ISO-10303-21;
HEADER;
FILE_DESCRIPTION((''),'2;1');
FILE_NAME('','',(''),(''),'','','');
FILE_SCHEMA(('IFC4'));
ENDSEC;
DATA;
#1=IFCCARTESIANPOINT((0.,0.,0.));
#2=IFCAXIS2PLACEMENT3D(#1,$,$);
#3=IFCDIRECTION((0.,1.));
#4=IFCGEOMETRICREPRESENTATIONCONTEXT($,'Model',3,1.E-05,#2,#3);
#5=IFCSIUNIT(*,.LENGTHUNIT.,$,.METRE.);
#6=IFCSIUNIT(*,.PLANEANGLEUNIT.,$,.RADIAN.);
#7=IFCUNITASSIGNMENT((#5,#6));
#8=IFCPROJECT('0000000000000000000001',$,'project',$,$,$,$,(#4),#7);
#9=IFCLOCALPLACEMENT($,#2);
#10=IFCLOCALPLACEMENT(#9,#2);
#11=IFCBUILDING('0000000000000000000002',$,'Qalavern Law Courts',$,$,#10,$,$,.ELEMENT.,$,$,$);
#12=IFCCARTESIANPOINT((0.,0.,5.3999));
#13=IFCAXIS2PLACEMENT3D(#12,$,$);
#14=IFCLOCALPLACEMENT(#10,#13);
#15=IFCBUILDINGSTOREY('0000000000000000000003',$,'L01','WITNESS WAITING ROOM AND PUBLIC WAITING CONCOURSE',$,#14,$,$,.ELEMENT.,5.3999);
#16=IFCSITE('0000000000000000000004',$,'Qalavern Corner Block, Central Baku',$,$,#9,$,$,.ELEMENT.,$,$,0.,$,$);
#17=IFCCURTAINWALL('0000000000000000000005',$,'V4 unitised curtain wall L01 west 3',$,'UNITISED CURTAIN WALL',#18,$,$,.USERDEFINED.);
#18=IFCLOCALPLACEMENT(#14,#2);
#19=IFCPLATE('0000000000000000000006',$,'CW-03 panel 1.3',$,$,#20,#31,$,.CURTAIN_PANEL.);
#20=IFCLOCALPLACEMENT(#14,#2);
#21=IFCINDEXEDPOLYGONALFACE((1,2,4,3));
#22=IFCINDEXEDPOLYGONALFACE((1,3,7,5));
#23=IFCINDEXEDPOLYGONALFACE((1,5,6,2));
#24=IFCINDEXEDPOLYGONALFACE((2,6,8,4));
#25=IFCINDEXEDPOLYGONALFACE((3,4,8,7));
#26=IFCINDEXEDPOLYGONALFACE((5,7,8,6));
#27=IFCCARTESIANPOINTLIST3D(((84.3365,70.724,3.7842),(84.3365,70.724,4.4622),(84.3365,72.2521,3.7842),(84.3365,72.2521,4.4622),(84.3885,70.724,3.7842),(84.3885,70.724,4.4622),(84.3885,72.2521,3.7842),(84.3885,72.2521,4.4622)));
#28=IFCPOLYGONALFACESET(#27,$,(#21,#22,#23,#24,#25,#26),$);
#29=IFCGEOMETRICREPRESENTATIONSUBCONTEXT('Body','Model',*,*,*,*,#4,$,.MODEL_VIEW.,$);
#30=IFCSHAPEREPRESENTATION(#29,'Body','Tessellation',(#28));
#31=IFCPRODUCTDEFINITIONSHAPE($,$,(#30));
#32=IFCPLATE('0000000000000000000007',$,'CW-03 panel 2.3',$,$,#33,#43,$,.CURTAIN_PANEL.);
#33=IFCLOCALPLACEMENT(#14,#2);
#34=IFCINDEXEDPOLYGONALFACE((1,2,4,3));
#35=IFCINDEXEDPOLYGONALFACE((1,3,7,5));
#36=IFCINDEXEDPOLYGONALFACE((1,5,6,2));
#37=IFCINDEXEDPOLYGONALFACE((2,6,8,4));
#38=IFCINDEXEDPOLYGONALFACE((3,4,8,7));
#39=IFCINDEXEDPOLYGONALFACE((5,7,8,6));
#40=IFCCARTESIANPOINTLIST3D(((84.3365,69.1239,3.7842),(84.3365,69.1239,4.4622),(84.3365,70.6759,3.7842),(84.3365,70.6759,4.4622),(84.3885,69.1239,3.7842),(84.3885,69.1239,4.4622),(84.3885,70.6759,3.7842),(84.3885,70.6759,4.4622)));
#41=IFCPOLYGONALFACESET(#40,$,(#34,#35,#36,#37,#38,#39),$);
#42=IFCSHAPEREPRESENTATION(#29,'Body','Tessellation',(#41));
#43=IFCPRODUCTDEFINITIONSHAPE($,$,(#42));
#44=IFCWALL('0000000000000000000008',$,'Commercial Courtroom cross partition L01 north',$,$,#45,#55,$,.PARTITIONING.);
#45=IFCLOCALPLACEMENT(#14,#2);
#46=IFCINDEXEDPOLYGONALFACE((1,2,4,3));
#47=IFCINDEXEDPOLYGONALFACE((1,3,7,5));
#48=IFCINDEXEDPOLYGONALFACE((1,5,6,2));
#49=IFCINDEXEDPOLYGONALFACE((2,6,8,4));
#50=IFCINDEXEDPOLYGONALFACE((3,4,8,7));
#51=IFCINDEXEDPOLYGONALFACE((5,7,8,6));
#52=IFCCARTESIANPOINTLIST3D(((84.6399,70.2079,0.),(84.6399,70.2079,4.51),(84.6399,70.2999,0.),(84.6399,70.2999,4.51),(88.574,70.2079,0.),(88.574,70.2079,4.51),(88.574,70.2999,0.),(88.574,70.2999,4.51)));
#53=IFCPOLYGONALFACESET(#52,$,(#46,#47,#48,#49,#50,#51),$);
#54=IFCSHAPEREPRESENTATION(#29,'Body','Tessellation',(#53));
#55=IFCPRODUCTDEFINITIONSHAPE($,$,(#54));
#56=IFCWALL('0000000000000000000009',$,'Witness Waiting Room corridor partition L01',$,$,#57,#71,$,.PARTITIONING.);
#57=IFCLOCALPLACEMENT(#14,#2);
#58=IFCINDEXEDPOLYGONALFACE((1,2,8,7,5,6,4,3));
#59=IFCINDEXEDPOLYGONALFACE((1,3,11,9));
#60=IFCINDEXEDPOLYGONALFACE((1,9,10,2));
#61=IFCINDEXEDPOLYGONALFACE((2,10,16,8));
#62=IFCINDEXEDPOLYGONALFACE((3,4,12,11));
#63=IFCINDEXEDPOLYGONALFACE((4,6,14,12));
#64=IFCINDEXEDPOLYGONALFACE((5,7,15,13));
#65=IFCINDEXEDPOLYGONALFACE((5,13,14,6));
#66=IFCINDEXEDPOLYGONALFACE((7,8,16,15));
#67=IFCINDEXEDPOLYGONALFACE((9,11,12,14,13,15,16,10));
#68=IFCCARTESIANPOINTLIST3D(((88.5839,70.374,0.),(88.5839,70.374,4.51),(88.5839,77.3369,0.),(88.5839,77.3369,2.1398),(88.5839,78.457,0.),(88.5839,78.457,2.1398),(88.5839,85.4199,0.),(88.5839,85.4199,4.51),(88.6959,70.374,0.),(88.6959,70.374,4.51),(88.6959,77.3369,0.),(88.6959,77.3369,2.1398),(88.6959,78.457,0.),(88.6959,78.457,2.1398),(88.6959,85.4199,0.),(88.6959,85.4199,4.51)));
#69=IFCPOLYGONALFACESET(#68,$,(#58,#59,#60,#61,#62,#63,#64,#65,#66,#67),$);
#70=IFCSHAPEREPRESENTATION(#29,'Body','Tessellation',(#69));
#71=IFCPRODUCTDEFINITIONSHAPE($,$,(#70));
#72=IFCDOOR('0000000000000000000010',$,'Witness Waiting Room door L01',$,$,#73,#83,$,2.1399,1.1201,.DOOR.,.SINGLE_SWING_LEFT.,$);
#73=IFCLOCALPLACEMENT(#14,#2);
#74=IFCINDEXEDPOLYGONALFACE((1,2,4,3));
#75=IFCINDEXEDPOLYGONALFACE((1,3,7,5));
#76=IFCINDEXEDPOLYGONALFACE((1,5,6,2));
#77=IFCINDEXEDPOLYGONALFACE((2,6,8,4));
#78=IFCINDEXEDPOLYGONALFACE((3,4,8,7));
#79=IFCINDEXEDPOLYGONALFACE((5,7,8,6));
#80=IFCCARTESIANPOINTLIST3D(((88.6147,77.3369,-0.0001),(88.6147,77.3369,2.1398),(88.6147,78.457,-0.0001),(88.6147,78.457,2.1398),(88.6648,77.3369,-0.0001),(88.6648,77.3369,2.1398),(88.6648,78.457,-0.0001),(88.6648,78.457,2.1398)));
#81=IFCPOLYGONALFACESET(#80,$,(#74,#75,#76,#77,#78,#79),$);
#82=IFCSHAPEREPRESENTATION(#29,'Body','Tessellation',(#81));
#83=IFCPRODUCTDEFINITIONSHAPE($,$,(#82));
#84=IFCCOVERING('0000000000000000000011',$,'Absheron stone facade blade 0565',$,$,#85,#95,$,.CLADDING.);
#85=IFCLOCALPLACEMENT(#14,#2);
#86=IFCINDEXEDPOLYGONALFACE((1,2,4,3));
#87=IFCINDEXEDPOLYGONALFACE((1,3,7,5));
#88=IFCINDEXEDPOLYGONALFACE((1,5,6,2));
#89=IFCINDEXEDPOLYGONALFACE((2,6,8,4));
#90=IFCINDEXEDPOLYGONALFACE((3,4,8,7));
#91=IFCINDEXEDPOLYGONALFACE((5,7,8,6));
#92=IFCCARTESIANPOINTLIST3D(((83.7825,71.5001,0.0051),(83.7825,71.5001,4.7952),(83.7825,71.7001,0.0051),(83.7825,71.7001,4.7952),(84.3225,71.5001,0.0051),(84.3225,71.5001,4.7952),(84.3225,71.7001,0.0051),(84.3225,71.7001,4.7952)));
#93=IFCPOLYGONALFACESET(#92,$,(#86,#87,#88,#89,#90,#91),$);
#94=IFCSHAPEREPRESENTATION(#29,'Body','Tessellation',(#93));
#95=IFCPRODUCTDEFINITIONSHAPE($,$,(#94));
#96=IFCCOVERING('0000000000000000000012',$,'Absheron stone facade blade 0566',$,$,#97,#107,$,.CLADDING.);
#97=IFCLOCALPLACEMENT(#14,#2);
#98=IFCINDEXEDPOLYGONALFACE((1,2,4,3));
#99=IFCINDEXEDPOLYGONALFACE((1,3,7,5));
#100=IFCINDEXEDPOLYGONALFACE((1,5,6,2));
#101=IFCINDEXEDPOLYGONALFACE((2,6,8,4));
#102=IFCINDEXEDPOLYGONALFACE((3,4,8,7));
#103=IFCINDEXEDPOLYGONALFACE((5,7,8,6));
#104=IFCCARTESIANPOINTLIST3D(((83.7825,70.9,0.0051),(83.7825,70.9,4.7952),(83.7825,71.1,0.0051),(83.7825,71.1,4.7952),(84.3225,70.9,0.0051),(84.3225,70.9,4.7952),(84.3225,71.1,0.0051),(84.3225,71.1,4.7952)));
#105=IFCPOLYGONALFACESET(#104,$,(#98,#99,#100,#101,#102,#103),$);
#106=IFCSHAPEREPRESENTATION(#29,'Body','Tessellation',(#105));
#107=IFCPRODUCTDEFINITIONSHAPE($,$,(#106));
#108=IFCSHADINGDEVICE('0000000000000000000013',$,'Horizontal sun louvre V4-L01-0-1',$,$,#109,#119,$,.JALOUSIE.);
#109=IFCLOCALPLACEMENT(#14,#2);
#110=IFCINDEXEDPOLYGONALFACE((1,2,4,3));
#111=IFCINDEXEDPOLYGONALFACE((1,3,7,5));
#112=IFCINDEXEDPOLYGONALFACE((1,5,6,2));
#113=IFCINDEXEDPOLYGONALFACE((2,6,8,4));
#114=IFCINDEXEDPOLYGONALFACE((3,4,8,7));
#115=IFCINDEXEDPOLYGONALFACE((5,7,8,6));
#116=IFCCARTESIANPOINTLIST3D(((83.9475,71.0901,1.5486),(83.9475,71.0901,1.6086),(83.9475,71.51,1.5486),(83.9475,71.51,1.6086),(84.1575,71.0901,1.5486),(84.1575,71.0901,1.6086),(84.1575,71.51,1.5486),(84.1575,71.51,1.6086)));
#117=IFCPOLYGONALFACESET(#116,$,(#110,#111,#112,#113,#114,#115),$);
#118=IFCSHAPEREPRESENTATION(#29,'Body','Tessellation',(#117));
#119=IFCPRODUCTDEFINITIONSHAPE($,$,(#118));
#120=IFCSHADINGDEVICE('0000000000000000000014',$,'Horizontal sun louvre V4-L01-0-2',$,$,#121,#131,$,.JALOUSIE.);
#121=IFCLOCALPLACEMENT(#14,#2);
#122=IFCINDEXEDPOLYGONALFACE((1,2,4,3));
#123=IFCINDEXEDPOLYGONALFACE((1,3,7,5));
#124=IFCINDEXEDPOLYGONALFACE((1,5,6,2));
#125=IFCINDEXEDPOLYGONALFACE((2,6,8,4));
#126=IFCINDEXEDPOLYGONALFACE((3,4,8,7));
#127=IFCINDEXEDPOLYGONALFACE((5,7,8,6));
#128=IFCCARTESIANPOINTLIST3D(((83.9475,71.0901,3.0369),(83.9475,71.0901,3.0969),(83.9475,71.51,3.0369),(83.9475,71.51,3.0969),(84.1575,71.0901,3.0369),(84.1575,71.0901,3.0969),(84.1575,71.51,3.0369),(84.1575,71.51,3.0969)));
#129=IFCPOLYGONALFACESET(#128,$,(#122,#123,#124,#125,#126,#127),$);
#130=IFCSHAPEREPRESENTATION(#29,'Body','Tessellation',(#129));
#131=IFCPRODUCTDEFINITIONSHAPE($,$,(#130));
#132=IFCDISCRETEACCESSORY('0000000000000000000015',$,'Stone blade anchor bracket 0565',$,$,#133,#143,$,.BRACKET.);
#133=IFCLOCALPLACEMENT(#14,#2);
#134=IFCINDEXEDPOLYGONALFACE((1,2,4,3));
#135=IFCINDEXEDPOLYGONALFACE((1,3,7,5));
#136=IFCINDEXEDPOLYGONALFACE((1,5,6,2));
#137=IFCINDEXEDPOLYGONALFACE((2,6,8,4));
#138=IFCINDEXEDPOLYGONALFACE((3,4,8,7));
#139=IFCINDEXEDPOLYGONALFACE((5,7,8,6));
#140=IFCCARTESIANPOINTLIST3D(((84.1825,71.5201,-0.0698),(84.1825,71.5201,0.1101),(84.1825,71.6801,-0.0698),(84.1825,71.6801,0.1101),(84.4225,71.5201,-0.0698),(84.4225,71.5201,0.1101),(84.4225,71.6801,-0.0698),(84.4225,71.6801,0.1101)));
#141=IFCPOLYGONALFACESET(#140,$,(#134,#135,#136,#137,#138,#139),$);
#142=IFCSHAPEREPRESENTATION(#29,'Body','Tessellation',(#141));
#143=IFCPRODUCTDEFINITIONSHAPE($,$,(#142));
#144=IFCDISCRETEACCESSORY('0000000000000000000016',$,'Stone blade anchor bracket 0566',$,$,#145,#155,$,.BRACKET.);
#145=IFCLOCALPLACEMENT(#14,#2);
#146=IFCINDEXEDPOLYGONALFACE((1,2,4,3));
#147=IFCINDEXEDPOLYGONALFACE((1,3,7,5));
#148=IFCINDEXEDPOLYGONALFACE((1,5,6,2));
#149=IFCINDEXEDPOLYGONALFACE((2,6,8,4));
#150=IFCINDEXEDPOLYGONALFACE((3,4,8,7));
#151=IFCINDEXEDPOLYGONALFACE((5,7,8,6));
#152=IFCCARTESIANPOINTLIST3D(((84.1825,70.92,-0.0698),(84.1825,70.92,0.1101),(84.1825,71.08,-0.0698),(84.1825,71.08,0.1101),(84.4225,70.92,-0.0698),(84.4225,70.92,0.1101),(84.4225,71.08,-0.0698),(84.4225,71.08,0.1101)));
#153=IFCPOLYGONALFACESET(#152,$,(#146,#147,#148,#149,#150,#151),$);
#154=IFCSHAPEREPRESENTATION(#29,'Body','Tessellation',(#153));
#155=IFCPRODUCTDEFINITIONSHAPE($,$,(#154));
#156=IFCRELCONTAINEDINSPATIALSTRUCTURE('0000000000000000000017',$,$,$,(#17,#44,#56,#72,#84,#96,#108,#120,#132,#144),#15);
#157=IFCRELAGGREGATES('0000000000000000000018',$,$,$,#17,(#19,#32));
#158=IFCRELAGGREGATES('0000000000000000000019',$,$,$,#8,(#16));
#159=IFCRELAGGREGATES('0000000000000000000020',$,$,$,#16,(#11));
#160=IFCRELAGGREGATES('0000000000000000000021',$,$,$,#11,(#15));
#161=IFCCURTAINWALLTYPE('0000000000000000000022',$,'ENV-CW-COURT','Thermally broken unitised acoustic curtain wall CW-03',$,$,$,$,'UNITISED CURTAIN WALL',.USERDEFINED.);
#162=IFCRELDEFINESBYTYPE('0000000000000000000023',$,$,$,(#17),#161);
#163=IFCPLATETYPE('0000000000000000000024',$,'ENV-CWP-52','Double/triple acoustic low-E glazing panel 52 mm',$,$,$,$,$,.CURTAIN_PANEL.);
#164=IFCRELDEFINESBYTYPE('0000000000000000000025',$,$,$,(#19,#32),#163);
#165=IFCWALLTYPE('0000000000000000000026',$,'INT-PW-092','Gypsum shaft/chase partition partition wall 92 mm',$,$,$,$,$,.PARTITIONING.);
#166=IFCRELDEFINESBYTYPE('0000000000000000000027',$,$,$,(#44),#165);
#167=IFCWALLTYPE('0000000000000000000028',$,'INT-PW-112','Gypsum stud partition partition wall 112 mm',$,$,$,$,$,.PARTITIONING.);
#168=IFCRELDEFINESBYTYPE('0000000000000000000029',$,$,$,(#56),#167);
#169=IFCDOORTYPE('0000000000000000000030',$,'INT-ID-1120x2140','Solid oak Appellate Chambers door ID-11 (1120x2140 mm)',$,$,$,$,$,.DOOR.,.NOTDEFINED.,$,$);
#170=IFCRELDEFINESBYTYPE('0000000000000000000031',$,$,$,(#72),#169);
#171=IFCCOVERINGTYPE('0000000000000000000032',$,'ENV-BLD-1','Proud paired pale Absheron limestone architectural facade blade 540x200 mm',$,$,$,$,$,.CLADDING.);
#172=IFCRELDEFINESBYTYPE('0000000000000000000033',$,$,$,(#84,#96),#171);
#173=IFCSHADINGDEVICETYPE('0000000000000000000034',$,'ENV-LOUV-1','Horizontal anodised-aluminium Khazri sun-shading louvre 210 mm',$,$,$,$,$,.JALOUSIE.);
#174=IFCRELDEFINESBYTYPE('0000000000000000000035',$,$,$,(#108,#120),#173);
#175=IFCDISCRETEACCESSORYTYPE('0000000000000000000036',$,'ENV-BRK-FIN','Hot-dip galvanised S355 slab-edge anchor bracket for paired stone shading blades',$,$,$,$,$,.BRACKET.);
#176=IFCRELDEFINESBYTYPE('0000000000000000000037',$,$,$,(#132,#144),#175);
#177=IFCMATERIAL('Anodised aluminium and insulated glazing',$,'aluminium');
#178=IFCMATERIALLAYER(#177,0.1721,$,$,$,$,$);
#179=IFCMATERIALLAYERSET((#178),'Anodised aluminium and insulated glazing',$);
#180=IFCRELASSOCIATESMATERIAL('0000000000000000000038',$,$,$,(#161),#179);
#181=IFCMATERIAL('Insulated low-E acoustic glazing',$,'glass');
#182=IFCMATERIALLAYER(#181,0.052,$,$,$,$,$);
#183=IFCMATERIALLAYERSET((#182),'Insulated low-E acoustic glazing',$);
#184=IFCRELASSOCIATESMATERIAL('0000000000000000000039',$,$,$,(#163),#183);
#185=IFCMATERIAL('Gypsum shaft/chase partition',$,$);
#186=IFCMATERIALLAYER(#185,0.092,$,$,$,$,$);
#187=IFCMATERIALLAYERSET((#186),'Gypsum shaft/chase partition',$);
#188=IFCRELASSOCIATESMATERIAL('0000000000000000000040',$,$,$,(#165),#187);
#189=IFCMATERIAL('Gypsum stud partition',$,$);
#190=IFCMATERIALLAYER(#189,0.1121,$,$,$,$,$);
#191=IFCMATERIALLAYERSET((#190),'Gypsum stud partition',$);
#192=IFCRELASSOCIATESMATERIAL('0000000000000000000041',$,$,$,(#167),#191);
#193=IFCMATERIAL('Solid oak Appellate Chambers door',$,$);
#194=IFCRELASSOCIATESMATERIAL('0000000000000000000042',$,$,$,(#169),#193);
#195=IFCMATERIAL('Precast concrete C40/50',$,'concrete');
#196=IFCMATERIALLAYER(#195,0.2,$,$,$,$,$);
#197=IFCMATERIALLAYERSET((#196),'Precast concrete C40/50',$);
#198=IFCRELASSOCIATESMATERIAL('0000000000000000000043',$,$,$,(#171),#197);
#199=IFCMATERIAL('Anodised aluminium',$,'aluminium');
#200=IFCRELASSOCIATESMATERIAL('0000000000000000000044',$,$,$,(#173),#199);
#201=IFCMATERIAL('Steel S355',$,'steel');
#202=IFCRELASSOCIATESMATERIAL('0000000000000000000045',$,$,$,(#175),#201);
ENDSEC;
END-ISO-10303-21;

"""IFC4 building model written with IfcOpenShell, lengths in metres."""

from ifc_helpers import new_model, si_unit, direction, frame, frame_2d, origin, origin_2d, place, context, subcontext, project, spatial, rectangle, extrude, material, layer, layer_set, type_object, element, fill, aggregate, save


model = new_model("IFC4")

# Units and contexts
model_context = context("Model", 3, precision=1e-05, world=origin(), true_north=direction((0.0, 1.0)))
body_context = subcontext(model_context, "Body", "Model", "MODEL_VIEW")
ifc_project = project(units=[si_unit("LENGTHUNIT", "METRE"), si_unit("PLANEANGLEUNIT", "RADIAN")], contexts=[model_context])

# Site, building, storey
site_placement = place(None, origin())
site = spatial("IfcSite", under=ifc_project, at=site_placement, Name="Qalavern Corner Block, Central Baku", CompositionType="ELEMENT", RefElevation=0.0)
building_placement = place(site_placement, origin())
building = spatial("IfcBuilding", under=site, at=building_placement, Name="Qalavern Law Courts", CompositionType="ELEMENT")
storey_placement = place(building_placement, frame((0.0, 0.0, 5.3999)))
storey = spatial("IfcBuildingStorey", under=building, at=storey_placement, Name="L01", Description="WITNESS WAITING ROOM AND PUBLIC WAITING CONCOURSE", CompositionType="ELEMENT", Elevation=5.3999)

# Curtain wall, plates
ifc_material_1 = material(Name="Anodised aluminium and insulated glazing", Category="aluminium")
ifc_layer_1 = layer(ifc_material_1, 0.1721)
ifc_layer_set_1 = layer_set([ifc_layer_1], Name="Anodised aluminium and insulated glazing")
curtain_wall_type = type_object("IfcCurtainWallType", Name="ENV-CW-COURT", Description="Thermally broken unitised acoustic curtain wall CW-03", ElementType="UNITISED CURTAIN WALL", PredefinedType="USERDEFINED", material=ifc_layer_set_1)
curtain_wall_placement = place(storey_placement, origin())
curtain_wall = element("IfcCurtainWall", 1, at=curtain_wall_placement, inside=storey, type_object=curtain_wall_type, Name="V4 unitised curtain wall L01 west 3", ObjectType="UNITISED CURTAIN WALL", PredefinedType="USERDEFINED")
ifc_material_2 = material(Name="Anodised aluminium", Category="aluminium")
ifc_material_3 = material(Name="Insulated low-E acoustic glazing", Category="glass")
ifc_layer_2 = layer(ifc_material_3, 0.052)
ifc_layer_set_2 = layer_set([ifc_layer_2], Name="Insulated low-E acoustic glazing")
plate_type = type_object("IfcPlateType", Name="ENV-CWP-52", Description="Double/triple acoustic low-E glazing panel 52 mm", PredefinedType="CURTAIN_PANEL", material=ifc_layer_set_2)
plate_1_placement = place(storey_placement, frame((84.3625, 71.488, 3.7842), z_axis=(0.0, 0.0, 1.0), x_axis=(0.0, -1.0, 0.0)))
plate_1 = element("IfcPlate", 2, at=plate_1_placement, type_object=plate_type, Name="CW-03 panel 1.3", PredefinedType="CURTAIN_PANEL", context=body_context, shape_type="SweptSolid", body=[
    extrude(rectangle(XDim=1.5281, YDim=0.052, at=origin_2d()), origin(), (0.0, 0.0, 1.0), 0.678),
])
plate_2_placement = place(storey_placement, frame((84.3625, 69.8999, 3.7842), z_axis=(0.0, 0.0, 1.0), x_axis=(0.0, -1.0, 0.0)))
plate_2 = element("IfcPlate", 3, at=plate_2_placement, type_object=plate_type, Name="CW-03 panel 2.3", PredefinedType="CURTAIN_PANEL", context=body_context, shape_type="SweptSolid", body=[
    extrude(rectangle(XDim=1.552, YDim=0.052, at=origin_2d()), origin(), (0.0, 0.0, 1.0), 0.678),
])
aggregate(curtain_wall, [plate_1, plate_2])

# Wall
ifc_material_4 = material(Name="Gypsum shaft/chase partition")
ifc_layer_3 = layer(ifc_material_4, 0.092)
ifc_layer_set_3 = layer_set([ifc_layer_3], Name="Gypsum shaft/chase partition")
wall_type_1 = type_object("IfcWallType", Name="INT-PW-092", Description="Gypsum shaft/chase partition partition wall 92 mm", PredefinedType="PARTITIONING", material=ifc_layer_set_3)
wall_1_placement = place(storey_placement, frame((84.6399, 70.2539, 0.0), z_axis=(0.0, 0.0, 1.0), x_axis=(1.0, 0.0, 0.0)))
element("IfcWall", 4, at=wall_1_placement, inside=storey, type_object=wall_type_1, Name="Commercial Courtroom cross partition L01 north", PredefinedType="PARTITIONING", context=body_context, shape_type="SweptSolid", body=[
    extrude(rectangle(XDim=3.9341, YDim=0.092, at=frame_2d((1.967, 0.0))), origin(), (0.0, 0.0, 1.0), 4.51),
])

# Wall, opening, door
ifc_material_5 = material(Name="Gypsum stud partition")
ifc_layer_4 = layer(ifc_material_5, 0.1121)
ifc_layer_set_4 = layer_set([ifc_layer_4], Name="Gypsum stud partition")
wall_type_2 = type_object("IfcWallType", Name="INT-PW-112", Description="Gypsum stud partition partition wall 112 mm", PredefinedType="PARTITIONING", material=ifc_layer_set_4)
wall_2_placement = place(storey_placement, frame((88.6399, 70.374, 0.0), z_axis=(0.0, 0.0, 1.0), x_axis=(0.0, 1.0, 0.0)))
wall_2 = element("IfcWall", 5, at=wall_2_placement, inside=storey, type_object=wall_type_2, Name="Witness Waiting Room corridor partition L01", PredefinedType="PARTITIONING", context=body_context, shape_type="SweptSolid", body=[
    extrude(rectangle(XDim=15.0459, YDim=0.1121, at=frame_2d((7.5229, 0.0))), origin(), (0.0, 0.0, 1.0), 4.51),
])
opening_placement = place(wall_2_placement, frame((6.9629, 0.0, 0.0)))
opening = element("IfcOpeningElement", 6, at=opening_placement, cuts=wall_2, PredefinedType="OPENING", context=body_context, shape_type="SweptSolid", body=[
    extrude(rectangle(XDim=1.1201, YDim=2.1399, at=frame_2d((0.5601, 1.0698))), frame((0.0, 0.0708, 0.0), z_axis=(0.0, -1.0, 0.0), x_axis=(1.0, 0.0, 0.0)), (0.0, 0.0, 1.0), 0.1418),
])
ifc_material_6 = material(Name="Solid oak Appellate Chambers door")
door_type = type_object("IfcDoorType", Name="INT-ID-1120x2140", Description="Solid oak Appellate Chambers door ID-11 (1120x2140 mm)", OperationType="NOTDEFINED", PredefinedType="DOOR", material=ifc_material_6)
door_placement = place(opening_placement, frame((1.1201, 0.0, 0.0), z_axis=(0.0, 0.0, 1.0), x_axis=(-1.0, 0.0, 0.0)))
door = element("IfcDoor", 7, at=door_placement, inside=storey, type_object=door_type, Name="Witness Waiting Room door L01", OperationType="SINGLE_SWING_LEFT", OverallHeight=2.1399, OverallWidth=1.1201, PredefinedType="DOOR", context=body_context, shape_type="SweptSolid", body=[
    extrude(rectangle(XDim=1.1201, YDim=2.1399, at=frame_2d((0.5601, 1.0698))), frame((0.0, 0.0249, 0.0), z_axis=(0.0, -1.0, 0.0), x_axis=(1.0, 0.0, 0.0)), (0.0, 0.0, 1.0), 0.05),
])
fill(opening, door)

# Coverings
ifc_material_7 = material(Name="Precast concrete C40/50", Category="concrete")
ifc_layer_5 = layer(ifc_material_7, 0.2)
ifc_layer_set_5 = layer_set([ifc_layer_5], Name="Precast concrete C40/50")
covering_type = type_object("IfcCoveringType", Name="ENV-BLD-1", Description="Proud paired pale Absheron limestone architectural facade blade 540x200 mm", PredefinedType="CLADDING", material=ifc_layer_set_5)
for number, where, z_axis, x_axis, name in (
    (8, (84.0525, 71.6001, 0.0051), (0.0, 0.0, 1.0), (-1.0, 0.0, 0.0), "Absheron stone facade blade 0565"),
    (9, (84.0525, 71.0, 0.0051), (0.0, 0.0, 1.0), (-1.0, 0.0, 0.0), "Absheron stone facade blade 0566"),
):
    element("IfcCovering", number, at=place(storey_placement, frame(where, z_axis=z_axis, x_axis=x_axis)), inside=storey, type_object=covering_type, Name=name, PredefinedType="CLADDING", context=body_context, shape_type="SweptSolid", body=[
        extrude(rectangle(XDim=0.54, YDim=0.2, at=origin_2d()), origin(), (0.0, 0.0, 1.0), 4.79),
    ])

# Shading devices
shading_device_type = type_object("IfcShadingDeviceType", Name="ENV-LOUV-1", Description="Horizontal anodised-aluminium Khazri sun-shading louvre 210 mm", PredefinedType="JALOUSIE", material=ifc_material_2)
for number, where, z_axis, x_axis, name in (
    (10, (84.0525, 71.3, 1.5486), (0.0, 0.0, 1.0), (0.0, -1.0, 0.0), "Horizontal sun louvre V4-L01-0-1"),
    (11, (84.0525, 71.3, 3.0369), (0.0, 0.0, 1.0), (0.0, -1.0, 0.0), "Horizontal sun louvre V4-L01-0-2"),
):
    element("IfcShadingDevice", number, at=place(storey_placement, frame(where, z_axis=z_axis, x_axis=x_axis)), inside=storey, type_object=shading_device_type, Name=name, PredefinedType="JALOUSIE", context=body_context, shape_type="SweptSolid", body=[
        extrude(rectangle(XDim=0.4199, YDim=0.21, at=origin_2d()), origin(), (0.0, 0.0, 1.0), 0.0601),
    ])

# Discrete accessories
ifc_material_8 = material(Name="Steel S355", Category="steel")
discrete_accessory_type = type_object("IfcDiscreteAccessoryType", Name="ENV-BRK-FIN", Description="Hot-dip galvanised S355 slab-edge anchor bracket for paired stone shading blades", PredefinedType="BRACKET", material=ifc_material_8)
for number, where, z_axis, x_axis, name in (
    (12, (84.3025, 71.6001, -0.0698), (0.0, 0.0, 1.0), (-1.0, 0.0, 0.0), "Stone blade anchor bracket 0565"),
    (13, (84.3025, 71.0, -0.0698), (0.0, 0.0, 1.0), (-1.0, 0.0, 0.0), "Stone blade anchor bracket 0566"),
):
    element("IfcDiscreteAccessory", number, at=place(storey_placement, frame(where, z_axis=z_axis, x_axis=x_axis)), inside=storey, type_object=discrete_accessory_type, Name=name, PredefinedType="BRACKET", context=body_context, shape_type="SweptSolid", body=[
        extrude(rectangle(XDim=0.24, YDim=0.1599, at=origin_2d()), origin(), (0.0, 0.0, 1.0), 0.1799),
    ])

save(model, "model.ifc")
